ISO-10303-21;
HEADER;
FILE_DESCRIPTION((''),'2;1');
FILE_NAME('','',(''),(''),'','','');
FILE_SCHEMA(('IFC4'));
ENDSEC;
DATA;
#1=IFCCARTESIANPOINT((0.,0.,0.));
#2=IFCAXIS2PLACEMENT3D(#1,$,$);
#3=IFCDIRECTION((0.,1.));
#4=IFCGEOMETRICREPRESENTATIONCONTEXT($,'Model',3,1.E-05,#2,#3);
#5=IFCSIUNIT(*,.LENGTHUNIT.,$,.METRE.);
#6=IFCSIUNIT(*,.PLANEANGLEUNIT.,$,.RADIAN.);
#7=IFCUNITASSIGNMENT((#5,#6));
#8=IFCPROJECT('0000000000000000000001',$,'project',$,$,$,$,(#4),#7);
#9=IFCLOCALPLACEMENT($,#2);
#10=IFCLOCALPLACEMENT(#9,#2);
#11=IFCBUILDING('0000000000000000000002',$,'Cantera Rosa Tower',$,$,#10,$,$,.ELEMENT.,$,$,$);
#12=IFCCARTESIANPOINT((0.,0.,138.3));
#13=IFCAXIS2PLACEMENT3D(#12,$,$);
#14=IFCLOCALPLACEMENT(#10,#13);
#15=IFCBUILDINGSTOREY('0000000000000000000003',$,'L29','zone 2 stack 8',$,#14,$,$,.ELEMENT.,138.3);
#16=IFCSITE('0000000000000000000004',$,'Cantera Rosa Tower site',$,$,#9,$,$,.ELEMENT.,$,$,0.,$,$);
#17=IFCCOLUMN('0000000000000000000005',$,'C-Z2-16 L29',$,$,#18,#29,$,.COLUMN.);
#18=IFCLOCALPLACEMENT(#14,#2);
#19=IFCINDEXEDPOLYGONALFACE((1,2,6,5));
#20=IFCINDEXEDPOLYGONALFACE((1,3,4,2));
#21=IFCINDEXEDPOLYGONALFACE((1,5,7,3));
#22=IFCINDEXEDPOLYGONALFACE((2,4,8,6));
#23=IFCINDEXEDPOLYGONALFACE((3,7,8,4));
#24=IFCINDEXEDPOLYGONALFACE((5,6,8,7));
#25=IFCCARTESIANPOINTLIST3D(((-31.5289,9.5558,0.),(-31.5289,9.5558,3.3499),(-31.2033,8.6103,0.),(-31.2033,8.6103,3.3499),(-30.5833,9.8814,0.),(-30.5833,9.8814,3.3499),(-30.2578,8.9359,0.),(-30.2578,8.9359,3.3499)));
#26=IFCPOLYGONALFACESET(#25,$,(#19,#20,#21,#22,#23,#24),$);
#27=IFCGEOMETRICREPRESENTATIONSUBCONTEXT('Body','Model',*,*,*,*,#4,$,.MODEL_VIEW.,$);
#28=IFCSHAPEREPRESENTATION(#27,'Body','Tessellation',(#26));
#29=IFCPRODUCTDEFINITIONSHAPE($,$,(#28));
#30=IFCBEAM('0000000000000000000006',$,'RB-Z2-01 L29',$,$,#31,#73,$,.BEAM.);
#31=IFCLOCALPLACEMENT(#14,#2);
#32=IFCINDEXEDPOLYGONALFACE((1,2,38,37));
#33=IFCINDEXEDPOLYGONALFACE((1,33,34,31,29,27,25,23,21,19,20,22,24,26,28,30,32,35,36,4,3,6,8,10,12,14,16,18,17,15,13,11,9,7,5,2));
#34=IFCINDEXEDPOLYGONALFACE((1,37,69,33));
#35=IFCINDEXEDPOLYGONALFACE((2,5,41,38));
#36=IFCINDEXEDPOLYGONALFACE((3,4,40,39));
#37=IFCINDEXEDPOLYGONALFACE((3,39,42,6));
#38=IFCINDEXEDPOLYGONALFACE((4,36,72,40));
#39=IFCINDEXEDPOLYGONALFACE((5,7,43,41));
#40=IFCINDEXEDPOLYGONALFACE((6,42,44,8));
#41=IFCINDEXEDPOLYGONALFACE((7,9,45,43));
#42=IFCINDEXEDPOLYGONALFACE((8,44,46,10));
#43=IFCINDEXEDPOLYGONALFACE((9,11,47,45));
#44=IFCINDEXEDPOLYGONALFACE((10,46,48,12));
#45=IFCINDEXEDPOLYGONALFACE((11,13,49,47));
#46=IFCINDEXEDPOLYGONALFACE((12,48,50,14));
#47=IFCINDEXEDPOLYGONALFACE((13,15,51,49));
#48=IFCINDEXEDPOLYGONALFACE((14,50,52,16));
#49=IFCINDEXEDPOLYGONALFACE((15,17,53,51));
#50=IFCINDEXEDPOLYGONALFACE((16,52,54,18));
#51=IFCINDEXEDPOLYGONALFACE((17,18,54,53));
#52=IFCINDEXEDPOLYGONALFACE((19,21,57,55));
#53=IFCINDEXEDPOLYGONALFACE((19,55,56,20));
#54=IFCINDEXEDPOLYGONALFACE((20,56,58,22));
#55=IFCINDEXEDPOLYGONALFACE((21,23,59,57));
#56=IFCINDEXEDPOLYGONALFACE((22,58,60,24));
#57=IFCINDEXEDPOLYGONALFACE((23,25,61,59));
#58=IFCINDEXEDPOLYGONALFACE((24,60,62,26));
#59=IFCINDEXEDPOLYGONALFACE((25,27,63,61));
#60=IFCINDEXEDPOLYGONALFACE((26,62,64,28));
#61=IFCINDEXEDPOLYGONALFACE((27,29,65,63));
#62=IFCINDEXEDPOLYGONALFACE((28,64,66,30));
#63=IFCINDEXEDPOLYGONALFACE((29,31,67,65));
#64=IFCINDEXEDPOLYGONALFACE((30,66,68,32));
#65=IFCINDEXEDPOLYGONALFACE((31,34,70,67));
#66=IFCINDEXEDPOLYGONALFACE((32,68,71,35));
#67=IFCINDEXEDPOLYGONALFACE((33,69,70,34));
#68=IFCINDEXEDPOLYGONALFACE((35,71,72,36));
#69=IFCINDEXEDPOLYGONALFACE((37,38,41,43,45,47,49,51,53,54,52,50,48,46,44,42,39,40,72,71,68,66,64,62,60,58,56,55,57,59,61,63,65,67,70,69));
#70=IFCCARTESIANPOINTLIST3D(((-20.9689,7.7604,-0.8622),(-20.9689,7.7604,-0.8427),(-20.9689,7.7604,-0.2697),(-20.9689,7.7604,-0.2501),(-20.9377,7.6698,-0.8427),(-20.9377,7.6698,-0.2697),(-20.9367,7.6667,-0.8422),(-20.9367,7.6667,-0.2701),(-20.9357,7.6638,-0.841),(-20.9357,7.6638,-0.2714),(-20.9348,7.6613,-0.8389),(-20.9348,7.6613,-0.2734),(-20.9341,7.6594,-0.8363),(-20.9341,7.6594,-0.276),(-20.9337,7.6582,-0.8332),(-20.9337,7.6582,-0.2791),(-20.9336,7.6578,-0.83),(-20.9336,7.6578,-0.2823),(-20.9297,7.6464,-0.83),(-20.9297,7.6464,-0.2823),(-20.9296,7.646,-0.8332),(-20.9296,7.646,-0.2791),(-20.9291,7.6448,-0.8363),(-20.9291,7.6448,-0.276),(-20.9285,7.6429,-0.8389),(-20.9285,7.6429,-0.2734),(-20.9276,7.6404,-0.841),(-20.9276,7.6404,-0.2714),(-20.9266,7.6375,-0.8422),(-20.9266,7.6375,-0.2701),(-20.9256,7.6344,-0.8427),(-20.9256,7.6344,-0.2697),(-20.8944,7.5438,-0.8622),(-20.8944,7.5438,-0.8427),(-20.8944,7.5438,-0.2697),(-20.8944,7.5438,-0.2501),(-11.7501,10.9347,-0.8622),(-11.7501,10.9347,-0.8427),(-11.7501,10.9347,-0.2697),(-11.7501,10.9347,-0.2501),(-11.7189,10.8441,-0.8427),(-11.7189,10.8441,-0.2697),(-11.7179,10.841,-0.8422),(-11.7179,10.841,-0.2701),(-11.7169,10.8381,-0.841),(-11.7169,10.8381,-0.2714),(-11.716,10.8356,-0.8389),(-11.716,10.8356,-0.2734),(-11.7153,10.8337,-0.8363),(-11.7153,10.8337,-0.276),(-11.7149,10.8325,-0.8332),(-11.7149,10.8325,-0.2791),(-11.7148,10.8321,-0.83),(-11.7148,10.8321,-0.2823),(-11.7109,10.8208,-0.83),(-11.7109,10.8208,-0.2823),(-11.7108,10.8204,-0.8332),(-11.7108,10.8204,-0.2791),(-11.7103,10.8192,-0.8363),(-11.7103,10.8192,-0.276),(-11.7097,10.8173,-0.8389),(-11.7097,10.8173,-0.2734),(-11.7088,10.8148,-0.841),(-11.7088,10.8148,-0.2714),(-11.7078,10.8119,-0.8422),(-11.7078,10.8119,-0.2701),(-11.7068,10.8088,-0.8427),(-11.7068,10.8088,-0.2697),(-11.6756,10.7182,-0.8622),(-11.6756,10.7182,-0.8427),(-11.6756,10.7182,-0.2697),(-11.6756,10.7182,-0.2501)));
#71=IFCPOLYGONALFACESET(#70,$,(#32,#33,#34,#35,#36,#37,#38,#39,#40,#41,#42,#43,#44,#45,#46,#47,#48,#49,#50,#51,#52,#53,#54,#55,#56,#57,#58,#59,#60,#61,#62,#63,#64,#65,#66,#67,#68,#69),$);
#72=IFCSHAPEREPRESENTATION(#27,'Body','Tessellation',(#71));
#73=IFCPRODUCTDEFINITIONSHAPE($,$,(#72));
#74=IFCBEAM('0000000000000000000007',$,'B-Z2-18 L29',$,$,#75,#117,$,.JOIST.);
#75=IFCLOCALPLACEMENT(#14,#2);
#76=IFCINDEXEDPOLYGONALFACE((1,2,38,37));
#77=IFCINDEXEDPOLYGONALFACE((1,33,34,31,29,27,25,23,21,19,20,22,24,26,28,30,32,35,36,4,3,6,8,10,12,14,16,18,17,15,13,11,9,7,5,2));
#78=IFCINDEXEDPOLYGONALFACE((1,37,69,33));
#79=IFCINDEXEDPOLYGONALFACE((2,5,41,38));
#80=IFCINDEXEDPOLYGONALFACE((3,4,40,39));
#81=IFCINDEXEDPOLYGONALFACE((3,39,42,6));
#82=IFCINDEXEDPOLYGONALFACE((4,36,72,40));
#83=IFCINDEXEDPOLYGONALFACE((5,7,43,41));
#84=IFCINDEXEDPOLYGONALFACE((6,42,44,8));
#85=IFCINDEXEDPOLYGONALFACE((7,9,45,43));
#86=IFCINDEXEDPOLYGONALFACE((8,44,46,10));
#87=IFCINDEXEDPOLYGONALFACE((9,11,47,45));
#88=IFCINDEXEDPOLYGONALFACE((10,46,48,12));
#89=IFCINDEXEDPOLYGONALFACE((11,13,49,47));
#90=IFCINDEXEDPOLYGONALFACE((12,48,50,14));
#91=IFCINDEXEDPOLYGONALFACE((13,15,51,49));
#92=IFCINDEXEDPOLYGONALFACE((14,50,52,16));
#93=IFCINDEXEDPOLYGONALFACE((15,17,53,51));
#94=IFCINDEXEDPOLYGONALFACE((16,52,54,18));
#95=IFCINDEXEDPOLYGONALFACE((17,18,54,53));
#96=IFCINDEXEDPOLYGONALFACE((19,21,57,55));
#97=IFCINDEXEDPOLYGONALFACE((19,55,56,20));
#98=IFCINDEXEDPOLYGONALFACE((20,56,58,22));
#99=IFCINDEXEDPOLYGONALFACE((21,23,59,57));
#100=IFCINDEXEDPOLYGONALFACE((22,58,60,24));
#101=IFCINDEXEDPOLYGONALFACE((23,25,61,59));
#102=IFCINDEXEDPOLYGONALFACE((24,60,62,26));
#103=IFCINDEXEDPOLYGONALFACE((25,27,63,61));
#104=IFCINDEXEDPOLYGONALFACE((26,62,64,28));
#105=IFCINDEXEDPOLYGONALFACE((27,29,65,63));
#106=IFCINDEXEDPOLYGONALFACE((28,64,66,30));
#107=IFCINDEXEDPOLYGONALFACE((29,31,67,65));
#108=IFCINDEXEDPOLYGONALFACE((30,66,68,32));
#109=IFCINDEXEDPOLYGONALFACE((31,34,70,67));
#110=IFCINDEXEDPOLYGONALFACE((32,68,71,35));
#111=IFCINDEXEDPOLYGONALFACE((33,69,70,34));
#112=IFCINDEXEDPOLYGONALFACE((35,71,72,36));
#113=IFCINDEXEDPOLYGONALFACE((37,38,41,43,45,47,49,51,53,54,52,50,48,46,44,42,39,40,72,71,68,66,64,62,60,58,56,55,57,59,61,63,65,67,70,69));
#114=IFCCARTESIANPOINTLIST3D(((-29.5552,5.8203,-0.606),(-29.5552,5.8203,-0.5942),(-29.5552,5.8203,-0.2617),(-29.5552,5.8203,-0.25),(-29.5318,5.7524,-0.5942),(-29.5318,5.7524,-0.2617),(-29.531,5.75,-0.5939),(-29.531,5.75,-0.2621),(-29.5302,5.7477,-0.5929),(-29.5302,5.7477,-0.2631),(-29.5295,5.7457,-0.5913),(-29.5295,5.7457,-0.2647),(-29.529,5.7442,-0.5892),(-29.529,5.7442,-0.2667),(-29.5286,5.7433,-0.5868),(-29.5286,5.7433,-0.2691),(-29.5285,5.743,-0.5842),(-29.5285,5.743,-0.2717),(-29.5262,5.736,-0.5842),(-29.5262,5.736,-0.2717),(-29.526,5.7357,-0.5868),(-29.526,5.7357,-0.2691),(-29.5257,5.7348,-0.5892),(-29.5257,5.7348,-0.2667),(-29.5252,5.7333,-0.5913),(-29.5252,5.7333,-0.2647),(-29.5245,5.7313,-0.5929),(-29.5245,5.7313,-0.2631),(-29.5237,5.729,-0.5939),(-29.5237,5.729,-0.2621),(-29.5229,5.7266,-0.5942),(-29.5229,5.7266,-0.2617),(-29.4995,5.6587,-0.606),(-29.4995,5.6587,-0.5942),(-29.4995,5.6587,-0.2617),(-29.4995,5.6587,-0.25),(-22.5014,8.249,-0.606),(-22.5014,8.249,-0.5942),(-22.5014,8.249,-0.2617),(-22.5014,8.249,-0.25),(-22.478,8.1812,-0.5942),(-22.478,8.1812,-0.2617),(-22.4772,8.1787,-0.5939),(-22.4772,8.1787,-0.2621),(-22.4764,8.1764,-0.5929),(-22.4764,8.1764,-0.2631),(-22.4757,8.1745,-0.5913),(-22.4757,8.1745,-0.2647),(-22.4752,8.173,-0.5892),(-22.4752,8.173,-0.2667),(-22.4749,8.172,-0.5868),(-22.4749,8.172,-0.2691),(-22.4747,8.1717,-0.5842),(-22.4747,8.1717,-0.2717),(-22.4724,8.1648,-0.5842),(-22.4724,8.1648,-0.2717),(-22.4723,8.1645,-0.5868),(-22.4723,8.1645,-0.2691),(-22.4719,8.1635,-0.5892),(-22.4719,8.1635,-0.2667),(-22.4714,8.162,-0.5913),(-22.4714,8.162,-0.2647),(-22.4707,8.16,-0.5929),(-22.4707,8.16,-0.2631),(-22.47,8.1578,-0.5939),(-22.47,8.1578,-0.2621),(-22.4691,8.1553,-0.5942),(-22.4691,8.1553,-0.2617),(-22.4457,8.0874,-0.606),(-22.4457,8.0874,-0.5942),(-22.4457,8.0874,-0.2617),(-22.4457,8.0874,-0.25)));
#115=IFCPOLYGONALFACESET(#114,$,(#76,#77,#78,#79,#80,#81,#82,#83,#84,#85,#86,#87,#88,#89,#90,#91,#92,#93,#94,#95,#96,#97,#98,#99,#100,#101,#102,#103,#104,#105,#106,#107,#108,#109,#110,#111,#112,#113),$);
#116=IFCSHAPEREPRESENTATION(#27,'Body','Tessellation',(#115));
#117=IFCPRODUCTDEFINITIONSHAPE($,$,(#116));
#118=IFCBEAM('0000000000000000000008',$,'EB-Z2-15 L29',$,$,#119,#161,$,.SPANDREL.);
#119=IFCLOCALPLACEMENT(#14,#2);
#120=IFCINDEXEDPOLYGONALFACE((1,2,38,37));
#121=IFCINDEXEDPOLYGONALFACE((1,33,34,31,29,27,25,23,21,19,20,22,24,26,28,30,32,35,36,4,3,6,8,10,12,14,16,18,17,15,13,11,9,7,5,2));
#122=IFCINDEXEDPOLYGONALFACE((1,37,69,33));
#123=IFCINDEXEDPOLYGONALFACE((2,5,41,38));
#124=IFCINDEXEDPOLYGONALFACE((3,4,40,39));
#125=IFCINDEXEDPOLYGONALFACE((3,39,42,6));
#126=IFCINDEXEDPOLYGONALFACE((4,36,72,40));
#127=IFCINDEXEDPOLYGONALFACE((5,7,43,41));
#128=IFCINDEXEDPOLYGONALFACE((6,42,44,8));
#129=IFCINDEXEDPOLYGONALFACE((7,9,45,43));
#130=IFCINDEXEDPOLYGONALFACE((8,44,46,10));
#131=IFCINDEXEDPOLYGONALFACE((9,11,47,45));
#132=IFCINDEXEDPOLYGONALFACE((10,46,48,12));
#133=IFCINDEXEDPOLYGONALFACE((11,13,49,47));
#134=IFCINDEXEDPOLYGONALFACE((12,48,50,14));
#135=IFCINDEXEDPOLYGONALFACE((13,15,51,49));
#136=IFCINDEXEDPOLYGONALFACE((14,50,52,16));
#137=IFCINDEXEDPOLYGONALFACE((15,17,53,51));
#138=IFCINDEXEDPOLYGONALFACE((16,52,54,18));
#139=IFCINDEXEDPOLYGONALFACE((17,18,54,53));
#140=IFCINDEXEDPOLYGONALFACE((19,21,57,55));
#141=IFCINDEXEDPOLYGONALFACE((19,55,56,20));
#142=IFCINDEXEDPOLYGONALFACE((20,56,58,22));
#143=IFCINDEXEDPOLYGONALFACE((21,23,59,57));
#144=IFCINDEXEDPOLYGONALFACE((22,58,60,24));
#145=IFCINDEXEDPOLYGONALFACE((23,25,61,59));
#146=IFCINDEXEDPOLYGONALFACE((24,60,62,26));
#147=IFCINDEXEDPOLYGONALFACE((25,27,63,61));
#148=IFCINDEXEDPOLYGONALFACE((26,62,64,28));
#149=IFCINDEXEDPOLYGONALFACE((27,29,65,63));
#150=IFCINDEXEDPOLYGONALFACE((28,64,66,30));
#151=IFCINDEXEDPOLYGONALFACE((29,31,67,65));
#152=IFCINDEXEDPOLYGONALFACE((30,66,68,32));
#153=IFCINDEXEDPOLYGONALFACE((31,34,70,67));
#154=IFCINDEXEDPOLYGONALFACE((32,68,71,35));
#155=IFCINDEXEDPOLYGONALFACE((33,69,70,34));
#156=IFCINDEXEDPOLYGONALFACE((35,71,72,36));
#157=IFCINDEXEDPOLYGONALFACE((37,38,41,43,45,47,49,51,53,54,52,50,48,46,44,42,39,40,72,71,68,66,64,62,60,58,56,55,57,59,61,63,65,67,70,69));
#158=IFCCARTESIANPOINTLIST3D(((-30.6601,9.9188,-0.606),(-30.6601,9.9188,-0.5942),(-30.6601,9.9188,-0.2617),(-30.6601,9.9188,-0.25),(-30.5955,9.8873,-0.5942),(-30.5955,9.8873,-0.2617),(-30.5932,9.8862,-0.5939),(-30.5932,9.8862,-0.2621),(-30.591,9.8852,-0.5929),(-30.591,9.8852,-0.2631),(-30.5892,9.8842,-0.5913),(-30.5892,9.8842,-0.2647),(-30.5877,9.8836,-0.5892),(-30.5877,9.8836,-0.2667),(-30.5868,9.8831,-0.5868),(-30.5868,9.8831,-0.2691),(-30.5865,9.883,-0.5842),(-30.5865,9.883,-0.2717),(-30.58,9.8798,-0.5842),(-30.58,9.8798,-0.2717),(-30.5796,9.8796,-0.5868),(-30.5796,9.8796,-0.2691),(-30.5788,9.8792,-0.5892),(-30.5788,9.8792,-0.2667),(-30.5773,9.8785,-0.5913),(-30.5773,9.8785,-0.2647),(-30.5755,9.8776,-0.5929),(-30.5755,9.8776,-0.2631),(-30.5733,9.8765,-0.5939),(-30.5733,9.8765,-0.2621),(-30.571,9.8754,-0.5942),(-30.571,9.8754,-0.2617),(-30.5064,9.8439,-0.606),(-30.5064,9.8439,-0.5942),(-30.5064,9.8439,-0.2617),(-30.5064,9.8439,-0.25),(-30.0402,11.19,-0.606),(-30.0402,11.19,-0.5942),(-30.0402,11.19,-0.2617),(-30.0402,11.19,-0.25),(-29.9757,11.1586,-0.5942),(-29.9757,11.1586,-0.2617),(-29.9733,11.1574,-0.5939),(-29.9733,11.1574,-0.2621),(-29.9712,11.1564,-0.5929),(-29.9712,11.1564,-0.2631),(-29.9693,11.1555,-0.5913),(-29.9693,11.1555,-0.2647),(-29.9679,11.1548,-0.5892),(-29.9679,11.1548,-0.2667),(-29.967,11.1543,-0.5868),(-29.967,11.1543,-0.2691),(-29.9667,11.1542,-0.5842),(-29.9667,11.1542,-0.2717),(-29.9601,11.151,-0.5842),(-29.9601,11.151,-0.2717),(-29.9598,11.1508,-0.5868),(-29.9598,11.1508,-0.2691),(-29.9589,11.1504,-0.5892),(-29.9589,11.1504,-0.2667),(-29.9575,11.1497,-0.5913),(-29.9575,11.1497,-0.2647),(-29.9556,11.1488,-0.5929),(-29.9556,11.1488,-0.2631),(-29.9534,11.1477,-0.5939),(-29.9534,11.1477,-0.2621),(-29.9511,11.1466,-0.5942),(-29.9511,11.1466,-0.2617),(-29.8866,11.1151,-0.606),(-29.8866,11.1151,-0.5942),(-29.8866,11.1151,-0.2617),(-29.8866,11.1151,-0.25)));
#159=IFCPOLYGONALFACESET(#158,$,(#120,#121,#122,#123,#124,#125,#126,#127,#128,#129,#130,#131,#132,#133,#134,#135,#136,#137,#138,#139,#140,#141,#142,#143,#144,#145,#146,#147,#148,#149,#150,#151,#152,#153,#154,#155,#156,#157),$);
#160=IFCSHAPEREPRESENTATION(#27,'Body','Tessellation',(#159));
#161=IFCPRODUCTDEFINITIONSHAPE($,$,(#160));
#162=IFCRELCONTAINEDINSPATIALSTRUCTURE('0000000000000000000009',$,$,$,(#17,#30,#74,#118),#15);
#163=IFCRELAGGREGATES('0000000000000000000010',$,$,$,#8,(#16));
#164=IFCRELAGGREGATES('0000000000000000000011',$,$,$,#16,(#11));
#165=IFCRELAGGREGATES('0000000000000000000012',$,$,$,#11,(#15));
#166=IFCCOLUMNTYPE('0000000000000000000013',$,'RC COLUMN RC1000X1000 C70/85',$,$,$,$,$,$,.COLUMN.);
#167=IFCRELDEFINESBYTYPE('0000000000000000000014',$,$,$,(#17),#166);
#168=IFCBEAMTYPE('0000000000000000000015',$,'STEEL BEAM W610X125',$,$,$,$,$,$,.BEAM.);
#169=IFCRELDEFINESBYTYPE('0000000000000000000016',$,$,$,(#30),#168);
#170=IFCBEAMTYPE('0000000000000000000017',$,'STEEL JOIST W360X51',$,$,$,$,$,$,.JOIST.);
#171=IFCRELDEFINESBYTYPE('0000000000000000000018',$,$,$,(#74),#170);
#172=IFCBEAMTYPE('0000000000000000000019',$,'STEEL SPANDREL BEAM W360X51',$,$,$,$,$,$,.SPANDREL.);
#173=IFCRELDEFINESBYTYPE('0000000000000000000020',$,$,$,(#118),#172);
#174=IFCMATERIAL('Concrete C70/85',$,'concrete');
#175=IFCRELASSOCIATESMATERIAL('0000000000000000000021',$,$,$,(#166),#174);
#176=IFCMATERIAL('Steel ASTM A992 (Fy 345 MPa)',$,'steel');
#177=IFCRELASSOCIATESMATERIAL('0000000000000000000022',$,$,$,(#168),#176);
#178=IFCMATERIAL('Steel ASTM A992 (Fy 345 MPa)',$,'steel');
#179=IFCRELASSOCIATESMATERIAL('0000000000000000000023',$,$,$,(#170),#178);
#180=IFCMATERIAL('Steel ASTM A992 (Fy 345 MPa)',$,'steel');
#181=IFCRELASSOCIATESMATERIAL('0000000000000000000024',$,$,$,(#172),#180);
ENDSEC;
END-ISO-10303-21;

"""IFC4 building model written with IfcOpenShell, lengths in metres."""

from ifc_helpers import new_model, si_unit, direction, frame, origin, origin_2d, place, context, subcontext, project, spatial, rectangle, i_section, extrude, material, material_profile, profile_set, type_object, element, save


model = new_model("IFC4")

# Units and contexts
model_context = context("Model", 3, precision=1e-05, world=origin(), true_north=direction((0.0, 1.0)))
body_context = subcontext(model_context, "Body", "Model", "MODEL_VIEW")
ifc_project = project(units=[si_unit("LENGTHUNIT", "METRE"), si_unit("PLANEANGLEUNIT", "RADIAN")], contexts=[model_context])

# Site, building, storey
site_placement = place(None, origin())
site = spatial("IfcSite", under=ifc_project, at=site_placement, Name="Cantera Rosa Tower site", CompositionType="ELEMENT", RefElevation=0.0)
building_placement = place(site_placement, origin())
building = spatial("IfcBuilding", under=site, at=building_placement, Name="Cantera Rosa Tower", CompositionType="ELEMENT")
storey_placement = place(building_placement, frame((0.0, 0.0, 138.3)))
storey = spatial("IfcBuildingStorey", under=building, at=storey_placement, Name="L29", Description="zone 2 stack 8", CompositionType="ELEMENT", Elevation=138.3)

# Column
ifc_material_1 = material(Name="Concrete C70/85", Category="concrete")
ifc_material_profile_1 = material_profile(ifc_material_1, rectangle(XDim=1.0, YDim=1.0, at=origin_2d()), Name="RC COLUMN RC1000X1000 C70/85")
ifc_profile_set_1 = profile_set([ifc_material_profile_1], Name="Concrete C70/85")
column_type = type_object("IfcColumnType", Name="RC COLUMN RC1000X1000 C70/85", PredefinedType="COLUMN", material=ifc_profile_set_1)
column_placement = place(storey_placement, frame((-30.8933, 9.2458, 0.0), z_axis=(0.0, 0.0, 1.0), x_axis=(0.945519, 0.325568, 0.0)))
element("IfcColumn", 1, at=column_placement, inside=storey, type_object=column_type, Name="C-Z2-16 L29", PredefinedType="COLUMN", context=body_context, shape_type="SweptSolid", body=[
    extrude(rectangle(XDim=1.0, YDim=1.0, at=origin_2d()), origin(), (0.0, 0.0, 1.0), 3.3499),
])

# Beams
ifc_material_2 = material(Name="Steel ASTM A992 (Fy 345 MPa)", Category="steel")
ifc_material_profile_2 = material_profile(ifc_material_2, i_section(OverallWidth=0.229, OverallDepth=0.6121, WebThickness=0.012, FlangeThickness=0.0195, FilletRadius=0.0127, at=origin_2d()), Name="W610X125")
ifc_profile_set_2 = profile_set([ifc_material_profile_2], Name="Steel ASTM A992 (Fy 345 MPa)")
beam_type_1 = type_object("IfcBeamType", Name="STEEL BEAM W610X125", PredefinedType="BEAM", material=ifc_profile_set_2)
beam_1_placement = place(storey_placement, frame((-20.9316, 7.6521, -0.5562), z_axis=(0.945517, 0.325572, 0.0), x_axis=(-0.325572, 0.945517, 0.0)))
element("IfcBeam", 2, at=beam_1_placement, inside=storey, type_object=beam_type_1, Name="RB-Z2-01 L29", PredefinedType="BEAM", context=body_context, shape_type="SweptSolid", body=[
    extrude(i_section(OverallWidth=0.229, OverallDepth=0.6121, WebThickness=0.012, FlangeThickness=0.0195, FilletRadius=0.0127, at=origin_2d()), origin(), (0.0, 0.0, 1.0), 9.75),
])
ifc_material_3 = material(Name="Steel ASTM A992 (Fy 345 MPa)", Category="steel")
ifc_material_profile_3 = material_profile(ifc_material_3, i_section(OverallWidth=0.1709, OverallDepth=0.356, WebThickness=0.0073, FlangeThickness=0.0117, FilletRadius=0.01, at=origin_2d()), Name="W360X51")
ifc_profile_set_3 = profile_set([ifc_material_profile_3], Name="Steel ASTM A992 (Fy 345 MPa)")
beam_type_2 = type_object("IfcBeamType", Name="STEEL JOIST W360X51", PredefinedType="JOIST", material=ifc_profile_set_3)
beam_2_placement = place(storey_placement, frame((-29.5273, 5.7395, -0.428), z_axis=(0.945522, 0.325559, 0.0), x_axis=(-0.325559, 0.945522, 0.0)))
element("IfcBeam", 3, at=beam_2_placement, inside=storey, type_object=beam_type_2, Name="B-Z2-18 L29", PredefinedType="JOIST", context=body_context, shape_type="SweptSolid", body=[
    extrude(i_section(OverallWidth=0.1709, OverallDepth=0.356, WebThickness=0.0073, FlangeThickness=0.0117, FilletRadius=0.01, at=origin_2d()), origin(), (0.0, 0.0, 1.0), 7.4602),
])
ifc_material_4 = material(Name="Steel ASTM A992 (Fy 345 MPa)", Category="steel")
ifc_material_profile_4 = material_profile(ifc_material_4, i_section(OverallWidth=0.1709, OverallDepth=0.356, WebThickness=0.0073, FlangeThickness=0.0117, FilletRadius=0.01, at=origin_2d()), Name="W360X51")
ifc_profile_set_4 = profile_set([ifc_material_profile_4], Name="Steel ASTM A992 (Fy 345 MPa)")
beam_type_3 = type_object("IfcBeamType", Name="STEEL SPANDREL BEAM W360X51", PredefinedType="SPANDREL", material=ifc_profile_set_4)
beam_3_placement = place(storey_placement, frame((-29.9634, 11.1526, -0.428), z_axis=(-0.438284, -0.898836, 0.0), x_axis=(0.898836, -0.438284, 0.0)))
element("IfcBeam", 4, at=beam_3_placement, inside=storey, type_object=beam_type_3, Name="EB-Z2-15 L29", PredefinedType="SPANDREL", context=body_context, shape_type="SweptSolid", body=[
    extrude(i_section(OverallWidth=0.1709, OverallDepth=0.356, WebThickness=0.0073, FlangeThickness=0.0117, FilletRadius=0.01, at=origin_2d()), origin(), (0.0, 0.0, 1.0), 1.4143),
])

save(model, "model.ifc")
